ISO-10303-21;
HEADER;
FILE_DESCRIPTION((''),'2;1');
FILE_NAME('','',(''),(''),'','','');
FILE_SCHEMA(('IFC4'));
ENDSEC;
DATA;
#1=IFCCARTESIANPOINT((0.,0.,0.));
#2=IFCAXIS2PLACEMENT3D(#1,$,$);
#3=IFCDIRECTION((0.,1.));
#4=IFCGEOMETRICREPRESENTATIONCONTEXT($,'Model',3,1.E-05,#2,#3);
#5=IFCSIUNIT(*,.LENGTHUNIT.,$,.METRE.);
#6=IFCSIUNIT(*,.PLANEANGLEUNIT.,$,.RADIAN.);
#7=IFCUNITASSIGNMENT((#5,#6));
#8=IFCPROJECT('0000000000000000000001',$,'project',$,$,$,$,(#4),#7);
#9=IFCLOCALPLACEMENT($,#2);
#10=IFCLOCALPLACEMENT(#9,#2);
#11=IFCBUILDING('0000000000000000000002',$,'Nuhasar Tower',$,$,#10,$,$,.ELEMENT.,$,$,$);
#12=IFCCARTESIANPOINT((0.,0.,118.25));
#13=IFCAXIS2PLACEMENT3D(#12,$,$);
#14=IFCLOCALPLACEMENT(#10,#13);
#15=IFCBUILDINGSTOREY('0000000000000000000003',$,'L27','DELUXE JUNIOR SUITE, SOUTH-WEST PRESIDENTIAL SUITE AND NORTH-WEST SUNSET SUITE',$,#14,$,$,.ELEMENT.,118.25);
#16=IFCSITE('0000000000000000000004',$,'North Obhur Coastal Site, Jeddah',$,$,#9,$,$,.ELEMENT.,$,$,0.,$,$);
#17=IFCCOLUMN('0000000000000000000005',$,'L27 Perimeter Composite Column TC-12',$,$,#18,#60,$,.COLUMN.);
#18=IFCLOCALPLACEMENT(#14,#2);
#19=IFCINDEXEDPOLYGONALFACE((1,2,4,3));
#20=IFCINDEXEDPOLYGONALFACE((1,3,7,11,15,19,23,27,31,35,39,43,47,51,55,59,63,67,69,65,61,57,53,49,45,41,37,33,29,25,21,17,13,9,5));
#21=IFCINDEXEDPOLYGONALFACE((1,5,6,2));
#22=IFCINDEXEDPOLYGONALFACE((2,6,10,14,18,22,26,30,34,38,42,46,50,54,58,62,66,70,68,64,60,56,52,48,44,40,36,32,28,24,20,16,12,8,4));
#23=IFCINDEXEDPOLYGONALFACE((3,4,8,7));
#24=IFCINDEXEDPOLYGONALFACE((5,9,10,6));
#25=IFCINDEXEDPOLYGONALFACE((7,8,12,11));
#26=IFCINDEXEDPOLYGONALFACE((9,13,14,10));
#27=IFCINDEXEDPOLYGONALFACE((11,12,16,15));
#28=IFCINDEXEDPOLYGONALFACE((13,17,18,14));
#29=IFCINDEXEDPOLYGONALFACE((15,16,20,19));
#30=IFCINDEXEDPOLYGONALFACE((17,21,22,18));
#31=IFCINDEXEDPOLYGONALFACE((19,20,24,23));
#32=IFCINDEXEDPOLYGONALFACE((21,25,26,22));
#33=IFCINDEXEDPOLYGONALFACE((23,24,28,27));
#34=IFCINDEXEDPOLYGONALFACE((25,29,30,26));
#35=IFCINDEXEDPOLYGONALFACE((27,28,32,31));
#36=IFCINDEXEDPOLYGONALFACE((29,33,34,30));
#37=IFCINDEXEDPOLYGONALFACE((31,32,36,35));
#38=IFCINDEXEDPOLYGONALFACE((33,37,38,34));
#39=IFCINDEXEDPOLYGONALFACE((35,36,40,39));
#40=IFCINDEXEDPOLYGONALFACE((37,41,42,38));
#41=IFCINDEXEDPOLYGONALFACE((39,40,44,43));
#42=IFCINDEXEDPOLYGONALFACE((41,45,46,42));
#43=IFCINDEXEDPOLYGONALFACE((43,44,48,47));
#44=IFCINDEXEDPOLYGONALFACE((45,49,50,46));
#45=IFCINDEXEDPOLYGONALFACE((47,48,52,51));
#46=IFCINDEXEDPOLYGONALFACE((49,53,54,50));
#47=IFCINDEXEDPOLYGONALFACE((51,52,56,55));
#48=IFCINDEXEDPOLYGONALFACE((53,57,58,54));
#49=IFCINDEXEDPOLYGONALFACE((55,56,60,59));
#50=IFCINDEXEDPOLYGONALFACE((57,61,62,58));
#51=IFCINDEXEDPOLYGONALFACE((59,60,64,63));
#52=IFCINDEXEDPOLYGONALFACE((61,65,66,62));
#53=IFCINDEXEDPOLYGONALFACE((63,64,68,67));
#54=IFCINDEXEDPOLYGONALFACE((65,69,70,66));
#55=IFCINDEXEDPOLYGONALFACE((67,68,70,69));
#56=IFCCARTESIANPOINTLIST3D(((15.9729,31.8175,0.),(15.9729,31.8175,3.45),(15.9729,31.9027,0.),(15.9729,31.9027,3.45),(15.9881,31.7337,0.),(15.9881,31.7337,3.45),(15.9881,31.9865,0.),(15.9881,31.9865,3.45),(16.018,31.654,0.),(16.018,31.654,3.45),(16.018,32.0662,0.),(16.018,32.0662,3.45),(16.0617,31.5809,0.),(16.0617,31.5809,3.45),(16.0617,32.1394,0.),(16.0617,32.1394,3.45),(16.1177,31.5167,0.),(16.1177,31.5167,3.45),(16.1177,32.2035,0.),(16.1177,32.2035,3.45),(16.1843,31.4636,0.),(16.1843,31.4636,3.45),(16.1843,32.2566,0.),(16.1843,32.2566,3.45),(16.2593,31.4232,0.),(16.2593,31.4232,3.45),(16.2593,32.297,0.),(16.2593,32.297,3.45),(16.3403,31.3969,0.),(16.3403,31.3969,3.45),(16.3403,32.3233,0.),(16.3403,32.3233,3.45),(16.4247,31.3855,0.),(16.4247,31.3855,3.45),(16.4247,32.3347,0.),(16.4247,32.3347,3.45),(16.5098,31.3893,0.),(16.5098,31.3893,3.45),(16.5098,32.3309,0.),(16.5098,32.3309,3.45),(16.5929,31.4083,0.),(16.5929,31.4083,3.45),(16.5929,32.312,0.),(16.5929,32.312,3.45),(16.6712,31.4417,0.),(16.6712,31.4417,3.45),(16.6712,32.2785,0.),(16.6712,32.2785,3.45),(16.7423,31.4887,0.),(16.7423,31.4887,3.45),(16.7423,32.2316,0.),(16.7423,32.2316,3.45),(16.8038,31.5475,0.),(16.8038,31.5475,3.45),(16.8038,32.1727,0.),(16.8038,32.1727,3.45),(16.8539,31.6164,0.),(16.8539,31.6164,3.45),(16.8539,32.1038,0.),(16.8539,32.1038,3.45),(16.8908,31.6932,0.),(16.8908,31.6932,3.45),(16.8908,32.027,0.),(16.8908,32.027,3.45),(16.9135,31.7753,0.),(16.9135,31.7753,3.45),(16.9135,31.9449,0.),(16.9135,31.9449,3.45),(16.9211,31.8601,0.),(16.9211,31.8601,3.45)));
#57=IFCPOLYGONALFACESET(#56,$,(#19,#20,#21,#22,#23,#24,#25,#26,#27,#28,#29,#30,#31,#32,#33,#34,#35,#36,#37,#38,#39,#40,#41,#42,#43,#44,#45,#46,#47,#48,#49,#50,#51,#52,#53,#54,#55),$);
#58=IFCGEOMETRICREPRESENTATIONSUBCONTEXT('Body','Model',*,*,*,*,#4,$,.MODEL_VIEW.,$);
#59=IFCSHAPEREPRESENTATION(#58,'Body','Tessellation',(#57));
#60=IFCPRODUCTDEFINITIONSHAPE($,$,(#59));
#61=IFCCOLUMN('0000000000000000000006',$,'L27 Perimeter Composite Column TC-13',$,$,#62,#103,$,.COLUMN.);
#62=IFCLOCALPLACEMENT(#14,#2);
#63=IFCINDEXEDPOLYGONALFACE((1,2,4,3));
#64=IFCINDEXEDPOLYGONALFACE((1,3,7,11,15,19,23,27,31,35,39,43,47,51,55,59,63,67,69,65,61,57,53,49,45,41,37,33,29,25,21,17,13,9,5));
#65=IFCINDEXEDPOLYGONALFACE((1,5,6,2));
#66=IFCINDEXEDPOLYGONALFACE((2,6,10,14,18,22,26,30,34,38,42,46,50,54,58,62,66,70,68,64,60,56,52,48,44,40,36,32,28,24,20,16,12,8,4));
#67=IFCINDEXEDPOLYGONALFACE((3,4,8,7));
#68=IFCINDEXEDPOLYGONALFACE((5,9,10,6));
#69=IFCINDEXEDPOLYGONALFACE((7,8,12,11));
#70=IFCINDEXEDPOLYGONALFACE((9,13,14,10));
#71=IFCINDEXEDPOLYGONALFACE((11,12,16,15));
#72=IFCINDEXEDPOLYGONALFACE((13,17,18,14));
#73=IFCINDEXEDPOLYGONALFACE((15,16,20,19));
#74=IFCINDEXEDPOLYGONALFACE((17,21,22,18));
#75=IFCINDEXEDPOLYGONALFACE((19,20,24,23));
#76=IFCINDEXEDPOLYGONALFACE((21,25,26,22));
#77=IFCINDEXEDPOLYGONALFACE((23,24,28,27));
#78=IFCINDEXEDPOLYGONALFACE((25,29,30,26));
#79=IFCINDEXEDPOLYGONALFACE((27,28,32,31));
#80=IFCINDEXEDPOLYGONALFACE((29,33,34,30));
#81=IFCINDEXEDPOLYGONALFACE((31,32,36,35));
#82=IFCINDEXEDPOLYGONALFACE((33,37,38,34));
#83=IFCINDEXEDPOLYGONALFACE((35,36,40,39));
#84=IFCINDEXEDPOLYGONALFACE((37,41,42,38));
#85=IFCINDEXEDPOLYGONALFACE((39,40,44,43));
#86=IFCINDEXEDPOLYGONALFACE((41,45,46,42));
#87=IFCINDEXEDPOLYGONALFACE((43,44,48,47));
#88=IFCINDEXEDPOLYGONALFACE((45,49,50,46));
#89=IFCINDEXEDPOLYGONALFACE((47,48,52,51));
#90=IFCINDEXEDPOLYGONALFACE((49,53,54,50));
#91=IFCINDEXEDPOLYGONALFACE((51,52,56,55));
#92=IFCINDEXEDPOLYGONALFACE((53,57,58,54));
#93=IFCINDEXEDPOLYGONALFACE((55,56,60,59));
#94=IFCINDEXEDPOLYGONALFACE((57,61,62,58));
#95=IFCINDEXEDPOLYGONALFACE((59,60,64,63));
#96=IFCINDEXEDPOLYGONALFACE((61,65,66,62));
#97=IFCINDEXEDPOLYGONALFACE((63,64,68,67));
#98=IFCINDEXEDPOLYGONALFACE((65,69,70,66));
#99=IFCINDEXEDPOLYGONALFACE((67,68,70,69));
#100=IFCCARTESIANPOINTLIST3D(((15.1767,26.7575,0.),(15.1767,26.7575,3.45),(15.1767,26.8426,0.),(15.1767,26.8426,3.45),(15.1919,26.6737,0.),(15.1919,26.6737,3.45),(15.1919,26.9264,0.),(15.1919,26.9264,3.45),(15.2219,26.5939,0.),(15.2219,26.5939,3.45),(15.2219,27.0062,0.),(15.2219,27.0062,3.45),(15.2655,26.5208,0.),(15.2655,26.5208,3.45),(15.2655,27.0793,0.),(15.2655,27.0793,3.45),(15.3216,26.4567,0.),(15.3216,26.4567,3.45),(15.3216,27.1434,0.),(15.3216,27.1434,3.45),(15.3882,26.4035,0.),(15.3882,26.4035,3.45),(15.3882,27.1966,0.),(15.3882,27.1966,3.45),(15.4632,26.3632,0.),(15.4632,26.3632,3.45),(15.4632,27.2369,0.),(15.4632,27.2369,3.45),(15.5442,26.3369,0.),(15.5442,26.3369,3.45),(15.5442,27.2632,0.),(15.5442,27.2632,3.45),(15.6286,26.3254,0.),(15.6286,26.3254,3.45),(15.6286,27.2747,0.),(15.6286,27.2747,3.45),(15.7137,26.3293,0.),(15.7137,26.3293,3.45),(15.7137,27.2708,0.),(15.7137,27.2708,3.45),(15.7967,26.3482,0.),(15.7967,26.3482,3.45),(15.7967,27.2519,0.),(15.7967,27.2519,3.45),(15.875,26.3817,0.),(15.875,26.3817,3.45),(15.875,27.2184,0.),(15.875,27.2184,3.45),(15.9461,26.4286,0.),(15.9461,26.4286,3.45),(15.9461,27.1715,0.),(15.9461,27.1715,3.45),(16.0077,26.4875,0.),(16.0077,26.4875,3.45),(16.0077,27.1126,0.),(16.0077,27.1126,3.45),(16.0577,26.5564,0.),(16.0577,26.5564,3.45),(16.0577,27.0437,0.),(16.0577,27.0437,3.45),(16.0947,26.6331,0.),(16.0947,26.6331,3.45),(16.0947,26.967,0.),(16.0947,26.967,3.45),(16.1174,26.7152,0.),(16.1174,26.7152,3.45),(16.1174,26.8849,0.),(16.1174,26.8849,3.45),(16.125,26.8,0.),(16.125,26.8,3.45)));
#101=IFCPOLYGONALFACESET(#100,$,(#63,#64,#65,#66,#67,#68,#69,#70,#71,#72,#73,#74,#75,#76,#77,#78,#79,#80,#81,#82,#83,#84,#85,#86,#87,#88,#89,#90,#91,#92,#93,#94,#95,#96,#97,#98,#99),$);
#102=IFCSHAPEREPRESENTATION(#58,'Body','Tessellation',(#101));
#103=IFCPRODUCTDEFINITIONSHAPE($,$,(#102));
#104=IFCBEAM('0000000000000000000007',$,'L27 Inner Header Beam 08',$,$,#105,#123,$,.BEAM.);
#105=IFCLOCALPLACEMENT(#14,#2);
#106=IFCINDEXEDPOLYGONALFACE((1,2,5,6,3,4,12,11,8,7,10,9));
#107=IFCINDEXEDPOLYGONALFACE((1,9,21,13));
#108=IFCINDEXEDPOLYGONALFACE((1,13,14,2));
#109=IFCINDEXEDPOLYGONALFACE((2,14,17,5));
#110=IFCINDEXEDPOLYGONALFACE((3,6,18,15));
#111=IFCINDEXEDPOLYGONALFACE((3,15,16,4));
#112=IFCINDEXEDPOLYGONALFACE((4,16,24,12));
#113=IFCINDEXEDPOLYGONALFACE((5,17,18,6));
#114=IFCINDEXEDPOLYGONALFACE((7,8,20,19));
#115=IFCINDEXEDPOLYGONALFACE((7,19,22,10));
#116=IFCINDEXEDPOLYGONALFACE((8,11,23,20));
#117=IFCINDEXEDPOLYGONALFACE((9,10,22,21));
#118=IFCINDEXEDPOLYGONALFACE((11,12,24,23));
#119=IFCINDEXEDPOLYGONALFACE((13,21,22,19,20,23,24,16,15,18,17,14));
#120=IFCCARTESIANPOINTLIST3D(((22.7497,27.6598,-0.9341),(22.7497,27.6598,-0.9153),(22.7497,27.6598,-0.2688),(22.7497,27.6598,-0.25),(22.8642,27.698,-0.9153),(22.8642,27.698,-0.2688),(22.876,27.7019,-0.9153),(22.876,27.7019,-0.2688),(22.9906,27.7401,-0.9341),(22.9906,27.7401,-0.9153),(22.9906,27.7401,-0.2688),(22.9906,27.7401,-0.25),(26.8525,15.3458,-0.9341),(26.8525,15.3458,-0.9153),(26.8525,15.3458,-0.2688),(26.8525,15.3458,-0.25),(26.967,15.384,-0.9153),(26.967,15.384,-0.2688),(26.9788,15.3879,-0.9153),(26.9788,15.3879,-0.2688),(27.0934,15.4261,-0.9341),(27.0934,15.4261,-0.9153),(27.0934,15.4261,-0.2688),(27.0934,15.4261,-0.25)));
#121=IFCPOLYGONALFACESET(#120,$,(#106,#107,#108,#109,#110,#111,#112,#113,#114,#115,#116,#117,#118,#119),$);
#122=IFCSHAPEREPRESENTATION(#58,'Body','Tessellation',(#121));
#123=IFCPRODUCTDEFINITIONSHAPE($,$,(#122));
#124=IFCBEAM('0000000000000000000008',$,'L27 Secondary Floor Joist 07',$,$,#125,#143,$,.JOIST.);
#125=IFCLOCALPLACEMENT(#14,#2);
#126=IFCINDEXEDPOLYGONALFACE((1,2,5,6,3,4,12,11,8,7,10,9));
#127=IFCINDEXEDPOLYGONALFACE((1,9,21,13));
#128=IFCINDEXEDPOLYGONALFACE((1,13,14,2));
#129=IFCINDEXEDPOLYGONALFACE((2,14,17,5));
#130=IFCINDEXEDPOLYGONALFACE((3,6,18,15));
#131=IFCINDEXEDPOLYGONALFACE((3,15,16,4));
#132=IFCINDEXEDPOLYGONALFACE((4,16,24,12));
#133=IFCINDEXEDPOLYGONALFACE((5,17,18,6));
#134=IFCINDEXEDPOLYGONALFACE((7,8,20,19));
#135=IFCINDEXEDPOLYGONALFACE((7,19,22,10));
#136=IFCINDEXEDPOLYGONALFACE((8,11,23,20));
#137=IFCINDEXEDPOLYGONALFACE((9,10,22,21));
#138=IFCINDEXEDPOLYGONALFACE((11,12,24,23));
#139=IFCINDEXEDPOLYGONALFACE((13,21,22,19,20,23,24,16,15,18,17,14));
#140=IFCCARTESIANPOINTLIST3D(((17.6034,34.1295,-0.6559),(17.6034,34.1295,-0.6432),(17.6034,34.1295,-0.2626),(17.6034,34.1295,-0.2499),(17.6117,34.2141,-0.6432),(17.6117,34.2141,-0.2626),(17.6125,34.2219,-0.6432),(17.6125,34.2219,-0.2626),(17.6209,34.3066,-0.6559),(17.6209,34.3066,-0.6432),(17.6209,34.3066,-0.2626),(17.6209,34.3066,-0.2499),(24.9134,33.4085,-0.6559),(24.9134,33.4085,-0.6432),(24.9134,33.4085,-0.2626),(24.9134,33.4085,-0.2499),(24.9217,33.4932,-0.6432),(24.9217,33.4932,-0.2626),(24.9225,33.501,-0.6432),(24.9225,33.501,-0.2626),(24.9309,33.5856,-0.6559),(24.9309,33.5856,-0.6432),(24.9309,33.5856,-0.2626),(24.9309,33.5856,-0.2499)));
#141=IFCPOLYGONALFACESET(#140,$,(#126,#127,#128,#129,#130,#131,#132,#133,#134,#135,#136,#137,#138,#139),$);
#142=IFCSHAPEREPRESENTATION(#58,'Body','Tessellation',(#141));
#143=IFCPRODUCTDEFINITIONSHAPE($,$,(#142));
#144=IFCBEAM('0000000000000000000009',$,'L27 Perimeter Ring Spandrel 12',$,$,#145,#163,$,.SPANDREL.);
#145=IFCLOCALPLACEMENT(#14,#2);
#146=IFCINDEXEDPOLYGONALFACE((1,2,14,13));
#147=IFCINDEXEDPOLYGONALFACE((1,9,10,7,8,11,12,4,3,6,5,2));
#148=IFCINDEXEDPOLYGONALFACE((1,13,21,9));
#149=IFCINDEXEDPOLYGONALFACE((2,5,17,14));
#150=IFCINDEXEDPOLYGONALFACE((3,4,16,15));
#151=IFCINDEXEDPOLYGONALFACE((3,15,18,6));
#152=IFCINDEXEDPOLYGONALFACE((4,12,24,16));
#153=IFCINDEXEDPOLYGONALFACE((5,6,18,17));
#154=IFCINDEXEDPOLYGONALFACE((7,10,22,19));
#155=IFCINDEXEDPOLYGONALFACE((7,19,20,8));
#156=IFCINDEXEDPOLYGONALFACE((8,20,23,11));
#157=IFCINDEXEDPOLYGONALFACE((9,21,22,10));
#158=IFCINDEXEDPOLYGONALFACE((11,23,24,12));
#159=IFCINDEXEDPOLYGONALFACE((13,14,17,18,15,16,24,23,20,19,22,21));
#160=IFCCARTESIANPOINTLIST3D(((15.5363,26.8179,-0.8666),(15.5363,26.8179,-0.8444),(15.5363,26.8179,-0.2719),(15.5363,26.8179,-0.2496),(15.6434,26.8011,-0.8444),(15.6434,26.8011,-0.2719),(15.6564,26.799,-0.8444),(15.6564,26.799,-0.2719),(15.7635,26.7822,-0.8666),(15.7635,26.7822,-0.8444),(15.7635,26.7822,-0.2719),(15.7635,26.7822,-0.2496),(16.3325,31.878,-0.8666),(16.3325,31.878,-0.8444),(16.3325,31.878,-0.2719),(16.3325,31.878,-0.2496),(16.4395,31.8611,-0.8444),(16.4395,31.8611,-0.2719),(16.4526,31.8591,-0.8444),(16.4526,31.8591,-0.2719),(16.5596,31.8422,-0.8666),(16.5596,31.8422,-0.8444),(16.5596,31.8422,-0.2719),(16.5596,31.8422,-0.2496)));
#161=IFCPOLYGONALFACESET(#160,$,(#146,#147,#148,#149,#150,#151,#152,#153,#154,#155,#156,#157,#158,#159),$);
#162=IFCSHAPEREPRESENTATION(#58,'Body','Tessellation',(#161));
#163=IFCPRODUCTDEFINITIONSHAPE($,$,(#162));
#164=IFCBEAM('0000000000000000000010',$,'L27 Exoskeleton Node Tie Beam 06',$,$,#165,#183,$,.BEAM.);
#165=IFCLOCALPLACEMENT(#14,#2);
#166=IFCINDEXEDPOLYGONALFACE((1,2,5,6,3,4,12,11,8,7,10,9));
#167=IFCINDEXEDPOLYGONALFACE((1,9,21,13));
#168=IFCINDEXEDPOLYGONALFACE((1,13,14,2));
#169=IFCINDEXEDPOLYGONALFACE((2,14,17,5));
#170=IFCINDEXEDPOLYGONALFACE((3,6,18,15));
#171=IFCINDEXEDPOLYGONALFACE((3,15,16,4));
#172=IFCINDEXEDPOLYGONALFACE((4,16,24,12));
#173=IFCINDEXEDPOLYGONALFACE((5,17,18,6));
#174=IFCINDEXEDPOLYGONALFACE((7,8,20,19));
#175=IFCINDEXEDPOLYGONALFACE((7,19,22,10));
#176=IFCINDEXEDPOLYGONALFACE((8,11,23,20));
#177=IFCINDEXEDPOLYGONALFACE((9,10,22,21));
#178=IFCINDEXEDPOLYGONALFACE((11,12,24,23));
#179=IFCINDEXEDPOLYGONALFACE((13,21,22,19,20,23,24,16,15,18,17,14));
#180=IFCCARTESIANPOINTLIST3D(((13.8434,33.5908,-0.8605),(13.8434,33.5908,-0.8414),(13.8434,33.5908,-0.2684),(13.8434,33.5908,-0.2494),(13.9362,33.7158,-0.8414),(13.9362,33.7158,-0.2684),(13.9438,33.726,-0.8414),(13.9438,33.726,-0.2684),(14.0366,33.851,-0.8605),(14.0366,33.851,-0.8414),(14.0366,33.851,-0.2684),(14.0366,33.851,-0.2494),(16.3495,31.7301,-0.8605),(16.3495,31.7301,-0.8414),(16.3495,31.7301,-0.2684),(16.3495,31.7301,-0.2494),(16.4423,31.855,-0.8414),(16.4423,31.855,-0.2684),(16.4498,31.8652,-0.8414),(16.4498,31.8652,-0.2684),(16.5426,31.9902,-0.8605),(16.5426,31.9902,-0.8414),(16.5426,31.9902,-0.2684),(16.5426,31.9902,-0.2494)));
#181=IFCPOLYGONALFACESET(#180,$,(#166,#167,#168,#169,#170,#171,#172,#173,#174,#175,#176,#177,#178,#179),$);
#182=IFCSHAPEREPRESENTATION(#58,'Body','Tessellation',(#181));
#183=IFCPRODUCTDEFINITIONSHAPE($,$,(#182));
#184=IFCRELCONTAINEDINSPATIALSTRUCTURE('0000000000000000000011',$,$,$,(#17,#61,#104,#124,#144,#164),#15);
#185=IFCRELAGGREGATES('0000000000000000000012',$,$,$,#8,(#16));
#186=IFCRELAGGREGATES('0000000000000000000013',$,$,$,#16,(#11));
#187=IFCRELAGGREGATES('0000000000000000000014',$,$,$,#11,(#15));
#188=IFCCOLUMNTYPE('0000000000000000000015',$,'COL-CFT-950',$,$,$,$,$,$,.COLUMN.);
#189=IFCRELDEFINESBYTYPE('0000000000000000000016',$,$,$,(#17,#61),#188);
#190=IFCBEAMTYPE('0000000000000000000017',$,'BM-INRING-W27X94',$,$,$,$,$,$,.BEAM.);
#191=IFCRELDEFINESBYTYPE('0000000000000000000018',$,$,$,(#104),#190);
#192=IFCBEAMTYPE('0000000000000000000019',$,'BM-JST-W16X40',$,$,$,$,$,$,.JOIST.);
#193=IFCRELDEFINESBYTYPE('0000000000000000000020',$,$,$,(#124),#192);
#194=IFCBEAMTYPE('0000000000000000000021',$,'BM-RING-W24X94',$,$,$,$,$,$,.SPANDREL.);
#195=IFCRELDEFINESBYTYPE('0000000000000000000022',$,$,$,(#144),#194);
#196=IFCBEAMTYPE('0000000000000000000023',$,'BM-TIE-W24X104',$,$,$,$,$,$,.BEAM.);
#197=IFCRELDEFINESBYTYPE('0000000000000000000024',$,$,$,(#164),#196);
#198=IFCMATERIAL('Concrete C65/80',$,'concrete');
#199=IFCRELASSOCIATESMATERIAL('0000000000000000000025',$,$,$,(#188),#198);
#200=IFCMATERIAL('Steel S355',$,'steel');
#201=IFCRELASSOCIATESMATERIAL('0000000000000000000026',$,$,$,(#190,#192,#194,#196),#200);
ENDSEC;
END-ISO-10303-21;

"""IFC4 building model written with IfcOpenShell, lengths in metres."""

from ifc_helpers import new_model, si_unit, direction, frame, origin, origin_2d, place, context, subcontext, project, spatial, circle, i_section, extrude, material, material_profile, profile_set, type_object, element, save


model = new_model("IFC4")

# Units and contexts
model_context = context("Model", 3, precision=1e-05, world=origin(), true_north=direction((0.0, 1.0)))
body_context = subcontext(model_context, "Body", "Model", "MODEL_VIEW")
ifc_project = project(units=[si_unit("LENGTHUNIT", "METRE"), si_unit("PLANEANGLEUNIT", "RADIAN")], contexts=[model_context])

# Site, building, storey
site_placement = place(None, origin())
site = spatial("IfcSite", under=ifc_project, at=site_placement, Name="North Obhur Coastal Site, Jeddah", CompositionType="ELEMENT", RefElevation=0.0)
building_placement = place(site_placement, origin())
building = spatial("IfcBuilding", under=site, at=building_placement, Name="Nuhasar Tower", CompositionType="ELEMENT")
storey_placement = place(building_placement, frame((0.0, 0.0, 118.25)))
storey = spatial("IfcBuildingStorey", under=building, at=storey_placement, Name="L27", Description="DELUXE JUNIOR SUITE, SOUTH-WEST PRESIDENTIAL SUITE AND NORTH-WEST SUNSET SUITE", CompositionType="ELEMENT", Elevation=118.25)

# Columns
ifc_material_1 = material(Name="Concrete C65/80", Category="concrete")
ifc_material_profile_1 = material_profile(ifc_material_1, circle(Radius=0.4751, at=origin_2d()), Name="CFT950")
ifc_profile_set_1 = profile_set([ifc_material_profile_1], Name="Concrete C65/80")
column_type = type_object("IfcColumnType", Name="COL-CFT-950", PredefinedType="COLUMN", material=ifc_profile_set_1)
for number, where, z_axis, x_axis, name in (
    (1, (16.446, 31.8601, 0.0), (0.0, 0.0, 1.0), (1.0, 0.0, 0.0), "L27 Perimeter Composite Column TC-12"),
    (2, (15.6499, 26.8, 0.0), (0.0, 0.0, 1.0), (1.0, 0.0, 0.0), "L27 Perimeter Composite Column TC-13"),
):
    element("IfcColumn", number, at=place(storey_placement, frame(where, z_axis=z_axis, x_axis=x_axis)), inside=storey, type_object=column_type, Name=name, PredefinedType="COLUMN", context=body_context, shape_type="SweptSolid", body=[
        extrude(circle(Radius=0.4751, at=origin_2d()), origin(), (0.0, 0.0, 1.0), 3.45),
    ])

# Beams
ifc_material_2 = material(Name="Steel S355", Category="steel")
ifc_material_profile_2 = material_profile(ifc_material_2, i_section(OverallWidth=0.2539, OverallDepth=0.6841, WebThickness=0.0125, FlangeThickness=0.0188, at=origin_2d()), Name="W27X94")
ifc_profile_set_2 = profile_set([ifc_material_profile_2], Name="Steel S355")
beam_type_1 = type_object("IfcBeamType", Name="BM-INRING-W27X94", PredefinedType="BEAM", material=ifc_profile_set_2)
beam_1_placement = place(storey_placement, frame((22.8701, 27.7, -0.592), z_axis=(0.316098, -0.948727, 0.0), x_axis=(0.948727, 0.316098, 0.0)))
element("IfcBeam", 3, at=beam_1_placement, inside=storey, type_object=beam_type_1, Name="L27 Inner Header Beam 08", PredefinedType="BEAM", context=body_context, shape_type="SweptSolid", body=[
    extrude(i_section(OverallWidth=0.2539, OverallDepth=0.6841, WebThickness=0.0125, FlangeThickness=0.0188, at=origin_2d()), origin(), (0.0, 0.0, 1.0), 12.9795),
])
ifc_material_profile_3 = material_profile(ifc_material_2, i_section(OverallWidth=0.178, OverallDepth=0.406, WebThickness=0.0078, FlangeThickness=0.0127, at=origin_2d()), Name="W16X40")
ifc_profile_set_3 = profile_set([ifc_material_profile_3], Name="Steel S355")
beam_type_2 = type_object("IfcBeamType", Name="BM-JST-W16X40", PredefinedType="JOIST", material=ifc_profile_set_3)
beam_2_placement = place(storey_placement, frame((24.9221, 33.4971, -0.4529), z_axis=(-0.995172, 0.098148, 0.0), x_axis=(-0.098148, -0.995172, 0.0)))
element("IfcBeam", 4, at=beam_2_placement, inside=storey, type_object=beam_type_2, Name="L27 Secondary Floor Joist 07", PredefinedType="JOIST", context=body_context, shape_type="SweptSolid", body=[
    extrude(i_section(OverallWidth=0.178, OverallDepth=0.406, WebThickness=0.0078, FlangeThickness=0.0127, at=origin_2d()), origin(), (0.0, 0.0, 1.0), 7.3455),
])
ifc_material_profile_4 = material_profile(ifc_material_2, i_section(OverallWidth=0.23, OverallDepth=0.6169, WebThickness=0.0132, FlangeThickness=0.0222, at=origin_2d()), Name="W24X94")
ifc_profile_set_4 = profile_set([ifc_material_profile_4], Name="Steel S355")
beam_type_3 = type_object("IfcBeamType", Name="BM-RING-W24X94", PredefinedType="SPANDREL", material=ifc_profile_set_4)
beam_3_placement = place(storey_placement, frame((16.446, 31.8601, -0.5581), z_axis=(-0.155427, -0.987847, 0.0), x_axis=(0.987847, -0.155427, 0.0)))
element("IfcBeam", 5, at=beam_3_placement, inside=storey, type_object=beam_type_3, Name="L27 Perimeter Ring Spandrel 12", PredefinedType="SPANDREL", context=body_context, shape_type="SweptSolid", body=[
    extrude(i_section(OverallWidth=0.23, OverallDepth=0.6169, WebThickness=0.0132, FlangeThickness=0.0222, at=origin_2d()), origin(), (0.0, 0.0, 1.0), 5.1223),
])
ifc_material_profile_5 = material_profile(ifc_material_2, i_section(OverallWidth=0.324, OverallDepth=0.6111, WebThickness=0.0127, FlangeThickness=0.019, at=origin_2d()), Name="W24X104")
ifc_profile_set_5 = profile_set([ifc_material_profile_5], Name="Steel S355")
beam_type_4 = type_object("IfcBeamType", Name="BM-TIE-W24X104", PredefinedType="BEAM", material=ifc_profile_set_5)
beam_4_placement = place(storey_placement, frame((16.446, 31.8601, -0.5549), z_axis=(-0.802872, 0.596151, 0.0), x_axis=(-0.596151, -0.802872, 0.0)))
element("IfcBeam", 6, at=beam_4_placement, inside=storey, type_object=beam_type_4, Name="L27 Exoskeleton Node Tie Beam 06", PredefinedType="BEAM", context=body_context, shape_type="SweptSolid", body=[
    extrude(i_section(OverallWidth=0.324, OverallDepth=0.6111, WebThickness=0.0127, FlangeThickness=0.019, at=origin_2d()), origin(), (0.0, 0.0, 1.0), 3.1213),
])

save(model, "model.ifc")
